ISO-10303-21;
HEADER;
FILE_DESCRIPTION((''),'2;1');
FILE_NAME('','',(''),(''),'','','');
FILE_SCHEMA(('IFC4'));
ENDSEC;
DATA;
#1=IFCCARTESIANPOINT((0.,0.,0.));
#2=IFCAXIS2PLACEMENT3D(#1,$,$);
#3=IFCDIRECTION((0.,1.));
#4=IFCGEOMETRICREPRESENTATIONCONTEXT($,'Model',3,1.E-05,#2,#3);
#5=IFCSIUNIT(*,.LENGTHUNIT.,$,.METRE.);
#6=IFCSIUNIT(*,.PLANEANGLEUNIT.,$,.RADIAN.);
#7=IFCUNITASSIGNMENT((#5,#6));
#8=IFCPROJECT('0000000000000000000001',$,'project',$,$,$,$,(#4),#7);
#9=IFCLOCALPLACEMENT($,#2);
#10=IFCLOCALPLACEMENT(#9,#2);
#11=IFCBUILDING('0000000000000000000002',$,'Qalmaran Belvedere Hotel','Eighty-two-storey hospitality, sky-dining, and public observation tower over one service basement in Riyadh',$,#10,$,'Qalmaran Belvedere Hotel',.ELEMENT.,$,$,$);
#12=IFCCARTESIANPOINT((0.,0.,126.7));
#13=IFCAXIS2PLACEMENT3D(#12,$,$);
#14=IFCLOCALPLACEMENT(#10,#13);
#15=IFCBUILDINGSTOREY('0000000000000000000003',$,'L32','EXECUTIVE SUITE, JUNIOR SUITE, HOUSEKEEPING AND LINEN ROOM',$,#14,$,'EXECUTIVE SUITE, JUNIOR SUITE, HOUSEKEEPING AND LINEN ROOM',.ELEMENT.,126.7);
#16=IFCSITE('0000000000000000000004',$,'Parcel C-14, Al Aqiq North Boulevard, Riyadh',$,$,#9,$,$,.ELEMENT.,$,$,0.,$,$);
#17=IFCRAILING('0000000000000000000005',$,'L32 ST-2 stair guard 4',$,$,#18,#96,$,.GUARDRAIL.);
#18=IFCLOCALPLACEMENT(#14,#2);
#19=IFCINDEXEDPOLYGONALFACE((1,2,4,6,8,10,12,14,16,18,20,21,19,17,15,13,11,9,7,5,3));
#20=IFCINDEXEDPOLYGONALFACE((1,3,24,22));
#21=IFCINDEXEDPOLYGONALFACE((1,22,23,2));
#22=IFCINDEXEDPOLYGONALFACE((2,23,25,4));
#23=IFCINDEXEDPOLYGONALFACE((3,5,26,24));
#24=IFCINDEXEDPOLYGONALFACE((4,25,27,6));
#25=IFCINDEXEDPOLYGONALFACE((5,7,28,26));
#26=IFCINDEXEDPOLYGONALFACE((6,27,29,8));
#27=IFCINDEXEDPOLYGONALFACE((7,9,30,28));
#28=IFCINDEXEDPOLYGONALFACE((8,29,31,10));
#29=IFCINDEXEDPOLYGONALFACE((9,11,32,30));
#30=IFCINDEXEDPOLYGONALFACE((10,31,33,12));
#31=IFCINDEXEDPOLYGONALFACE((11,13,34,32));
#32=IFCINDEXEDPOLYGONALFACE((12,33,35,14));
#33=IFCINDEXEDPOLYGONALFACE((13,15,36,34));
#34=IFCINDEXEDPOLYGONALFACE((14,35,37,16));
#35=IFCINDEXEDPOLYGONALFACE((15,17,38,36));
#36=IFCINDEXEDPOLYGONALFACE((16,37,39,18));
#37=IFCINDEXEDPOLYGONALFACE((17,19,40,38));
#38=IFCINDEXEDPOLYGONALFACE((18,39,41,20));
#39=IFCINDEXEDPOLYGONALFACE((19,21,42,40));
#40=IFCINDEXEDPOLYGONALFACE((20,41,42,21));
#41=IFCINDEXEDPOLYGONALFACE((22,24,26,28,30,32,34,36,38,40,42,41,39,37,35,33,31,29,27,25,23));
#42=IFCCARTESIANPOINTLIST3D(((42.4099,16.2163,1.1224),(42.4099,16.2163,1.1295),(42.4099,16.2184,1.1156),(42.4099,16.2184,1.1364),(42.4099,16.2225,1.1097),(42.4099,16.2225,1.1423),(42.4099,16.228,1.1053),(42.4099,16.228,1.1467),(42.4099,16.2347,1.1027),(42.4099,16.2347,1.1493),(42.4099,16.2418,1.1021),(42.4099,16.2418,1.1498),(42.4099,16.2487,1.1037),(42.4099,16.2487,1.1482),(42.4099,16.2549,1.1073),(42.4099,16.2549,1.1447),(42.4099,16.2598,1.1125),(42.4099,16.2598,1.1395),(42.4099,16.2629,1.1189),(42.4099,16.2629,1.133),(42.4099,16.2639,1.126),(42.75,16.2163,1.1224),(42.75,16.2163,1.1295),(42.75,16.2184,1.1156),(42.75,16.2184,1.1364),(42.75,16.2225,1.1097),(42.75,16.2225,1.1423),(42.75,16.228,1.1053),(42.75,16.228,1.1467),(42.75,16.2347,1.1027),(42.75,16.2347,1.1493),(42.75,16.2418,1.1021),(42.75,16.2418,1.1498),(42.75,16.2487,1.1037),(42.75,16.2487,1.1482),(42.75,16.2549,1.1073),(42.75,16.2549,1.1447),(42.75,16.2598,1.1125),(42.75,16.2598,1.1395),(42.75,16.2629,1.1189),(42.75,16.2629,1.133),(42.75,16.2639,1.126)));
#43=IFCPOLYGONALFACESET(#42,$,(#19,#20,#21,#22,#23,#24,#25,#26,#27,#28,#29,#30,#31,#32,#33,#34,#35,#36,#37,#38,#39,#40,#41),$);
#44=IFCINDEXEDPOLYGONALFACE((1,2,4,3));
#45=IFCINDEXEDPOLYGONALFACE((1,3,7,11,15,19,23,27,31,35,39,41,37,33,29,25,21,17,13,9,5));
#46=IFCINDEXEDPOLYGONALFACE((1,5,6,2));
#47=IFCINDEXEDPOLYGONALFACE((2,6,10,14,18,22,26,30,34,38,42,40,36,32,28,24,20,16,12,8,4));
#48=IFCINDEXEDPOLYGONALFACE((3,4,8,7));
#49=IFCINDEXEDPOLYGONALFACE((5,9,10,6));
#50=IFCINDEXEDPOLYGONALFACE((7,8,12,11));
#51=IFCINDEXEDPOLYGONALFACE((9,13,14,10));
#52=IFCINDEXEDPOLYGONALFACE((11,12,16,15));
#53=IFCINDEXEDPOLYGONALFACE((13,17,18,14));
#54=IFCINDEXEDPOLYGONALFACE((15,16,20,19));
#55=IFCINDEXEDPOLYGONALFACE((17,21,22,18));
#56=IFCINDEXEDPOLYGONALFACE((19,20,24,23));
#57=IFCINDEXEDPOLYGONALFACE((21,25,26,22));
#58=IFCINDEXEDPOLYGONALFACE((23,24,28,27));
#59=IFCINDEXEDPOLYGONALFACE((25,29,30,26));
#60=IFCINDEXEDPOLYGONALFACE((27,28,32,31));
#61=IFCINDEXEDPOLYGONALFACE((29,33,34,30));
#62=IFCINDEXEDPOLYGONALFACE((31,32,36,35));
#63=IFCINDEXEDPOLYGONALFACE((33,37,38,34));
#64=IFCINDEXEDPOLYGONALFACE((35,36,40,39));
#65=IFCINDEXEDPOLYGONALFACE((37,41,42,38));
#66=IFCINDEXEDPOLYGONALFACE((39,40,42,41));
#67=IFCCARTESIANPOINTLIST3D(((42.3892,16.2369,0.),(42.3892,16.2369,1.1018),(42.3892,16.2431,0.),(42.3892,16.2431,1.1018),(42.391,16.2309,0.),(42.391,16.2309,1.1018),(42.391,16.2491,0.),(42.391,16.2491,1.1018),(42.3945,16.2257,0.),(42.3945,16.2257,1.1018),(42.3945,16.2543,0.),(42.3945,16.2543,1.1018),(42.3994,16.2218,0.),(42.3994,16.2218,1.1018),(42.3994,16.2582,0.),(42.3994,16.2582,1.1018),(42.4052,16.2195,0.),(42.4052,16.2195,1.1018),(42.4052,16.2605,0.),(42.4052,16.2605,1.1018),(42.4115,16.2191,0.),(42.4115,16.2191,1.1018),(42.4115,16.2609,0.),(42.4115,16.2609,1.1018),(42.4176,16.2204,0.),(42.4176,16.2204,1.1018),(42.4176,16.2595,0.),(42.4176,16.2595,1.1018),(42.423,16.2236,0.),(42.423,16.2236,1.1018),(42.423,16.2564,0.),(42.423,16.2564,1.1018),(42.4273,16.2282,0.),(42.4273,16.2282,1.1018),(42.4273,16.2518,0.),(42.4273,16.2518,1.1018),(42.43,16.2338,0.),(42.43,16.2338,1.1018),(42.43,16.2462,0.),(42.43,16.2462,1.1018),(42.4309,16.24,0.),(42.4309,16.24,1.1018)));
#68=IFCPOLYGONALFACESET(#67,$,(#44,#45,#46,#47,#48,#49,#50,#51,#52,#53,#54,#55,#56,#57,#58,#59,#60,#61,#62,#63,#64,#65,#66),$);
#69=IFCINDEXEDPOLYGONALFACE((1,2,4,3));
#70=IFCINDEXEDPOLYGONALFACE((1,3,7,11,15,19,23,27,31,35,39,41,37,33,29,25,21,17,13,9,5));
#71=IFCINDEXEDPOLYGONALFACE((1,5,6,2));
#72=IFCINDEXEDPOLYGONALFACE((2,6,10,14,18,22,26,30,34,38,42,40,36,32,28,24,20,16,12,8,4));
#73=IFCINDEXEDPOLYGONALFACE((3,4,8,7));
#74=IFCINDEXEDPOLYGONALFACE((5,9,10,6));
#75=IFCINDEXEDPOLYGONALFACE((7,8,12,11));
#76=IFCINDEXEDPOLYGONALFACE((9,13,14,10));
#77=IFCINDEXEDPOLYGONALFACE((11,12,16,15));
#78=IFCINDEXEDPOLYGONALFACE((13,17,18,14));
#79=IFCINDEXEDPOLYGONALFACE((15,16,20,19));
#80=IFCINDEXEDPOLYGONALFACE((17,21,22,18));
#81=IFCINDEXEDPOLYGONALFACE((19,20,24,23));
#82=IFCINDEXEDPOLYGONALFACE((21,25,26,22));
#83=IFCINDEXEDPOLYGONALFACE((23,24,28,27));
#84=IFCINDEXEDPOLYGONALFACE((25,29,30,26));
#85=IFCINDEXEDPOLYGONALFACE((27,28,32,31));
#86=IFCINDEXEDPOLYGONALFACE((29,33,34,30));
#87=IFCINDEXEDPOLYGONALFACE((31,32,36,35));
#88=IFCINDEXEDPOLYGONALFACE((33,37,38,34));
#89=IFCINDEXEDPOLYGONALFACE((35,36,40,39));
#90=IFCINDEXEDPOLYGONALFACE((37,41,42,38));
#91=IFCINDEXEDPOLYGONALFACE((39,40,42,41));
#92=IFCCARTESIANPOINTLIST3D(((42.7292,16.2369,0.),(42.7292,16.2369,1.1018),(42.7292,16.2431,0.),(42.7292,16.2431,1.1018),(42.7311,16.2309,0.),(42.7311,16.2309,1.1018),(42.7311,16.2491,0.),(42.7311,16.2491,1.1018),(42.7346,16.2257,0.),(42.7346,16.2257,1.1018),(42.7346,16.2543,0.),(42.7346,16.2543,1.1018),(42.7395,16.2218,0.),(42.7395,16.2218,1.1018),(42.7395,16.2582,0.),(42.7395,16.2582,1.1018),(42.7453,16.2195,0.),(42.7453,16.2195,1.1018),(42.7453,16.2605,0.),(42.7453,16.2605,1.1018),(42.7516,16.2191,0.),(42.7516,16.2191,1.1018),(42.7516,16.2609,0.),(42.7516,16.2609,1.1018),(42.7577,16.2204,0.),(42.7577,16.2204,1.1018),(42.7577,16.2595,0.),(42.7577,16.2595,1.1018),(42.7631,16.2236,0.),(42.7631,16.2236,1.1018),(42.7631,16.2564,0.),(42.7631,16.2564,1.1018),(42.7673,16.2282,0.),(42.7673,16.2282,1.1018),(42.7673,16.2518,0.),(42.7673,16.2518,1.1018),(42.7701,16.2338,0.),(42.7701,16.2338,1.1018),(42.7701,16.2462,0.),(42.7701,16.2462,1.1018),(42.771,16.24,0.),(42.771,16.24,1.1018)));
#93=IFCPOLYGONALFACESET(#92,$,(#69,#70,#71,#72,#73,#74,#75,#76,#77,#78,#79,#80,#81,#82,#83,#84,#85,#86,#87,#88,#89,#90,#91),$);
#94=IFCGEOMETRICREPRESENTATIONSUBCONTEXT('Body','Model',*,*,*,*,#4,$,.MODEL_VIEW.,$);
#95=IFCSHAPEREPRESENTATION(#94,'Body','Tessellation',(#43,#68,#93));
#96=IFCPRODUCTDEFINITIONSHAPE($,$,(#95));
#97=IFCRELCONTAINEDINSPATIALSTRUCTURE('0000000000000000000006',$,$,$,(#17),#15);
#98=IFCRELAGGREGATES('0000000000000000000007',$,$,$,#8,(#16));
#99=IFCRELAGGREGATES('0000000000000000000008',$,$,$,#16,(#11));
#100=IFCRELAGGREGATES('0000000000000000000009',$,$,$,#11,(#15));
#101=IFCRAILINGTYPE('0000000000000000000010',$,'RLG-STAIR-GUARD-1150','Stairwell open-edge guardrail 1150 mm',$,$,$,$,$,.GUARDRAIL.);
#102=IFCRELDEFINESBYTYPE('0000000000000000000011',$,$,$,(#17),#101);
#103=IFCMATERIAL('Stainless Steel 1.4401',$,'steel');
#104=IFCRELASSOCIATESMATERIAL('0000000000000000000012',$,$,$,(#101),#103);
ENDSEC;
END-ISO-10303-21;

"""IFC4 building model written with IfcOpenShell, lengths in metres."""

from ifc_helpers import new_model, si_unit, direction, frame, origin, origin_2d, place, context, subcontext, project, spatial, circle, extrude, material, type_object, element, save


model = new_model("IFC4")

# Units and contexts
model_context = context("Model", 3, precision=1e-05, world=origin(), true_north=direction((0.0, 1.0)))
body_context = subcontext(model_context, "Body", "Model", "MODEL_VIEW")
ifc_project = project(units=[si_unit("LENGTHUNIT", "METRE"), si_unit("PLANEANGLEUNIT", "RADIAN")], contexts=[model_context])

# Site, building, storey
site_placement = place(None, origin())
site = spatial("IfcSite", under=ifc_project, at=site_placement, Name="Parcel C-14, Al Aqiq North Boulevard, Riyadh", CompositionType="ELEMENT", RefElevation=0.0)
building_placement = place(site_placement, origin())
building = spatial("IfcBuilding", under=site, at=building_placement, Name="Qalmaran Belvedere Hotel", Description="Eighty-two-storey hospitality, sky-dining, and public observation tower over one service basement in Riyadh", LongName="Qalmaran Belvedere Hotel", CompositionType="ELEMENT")
storey_placement = place(building_placement, frame((0.0, 0.0, 126.7)))
storey = spatial("IfcBuildingStorey", under=building, at=storey_placement, Name="L32", Description="EXECUTIVE SUITE, JUNIOR SUITE, HOUSEKEEPING AND LINEN ROOM", LongName="EXECUTIVE SUITE, JUNIOR SUITE, HOUSEKEEPING AND LINEN ROOM", CompositionType="ELEMENT", Elevation=126.7)

# Shared definitions
ifc_material_1 = material(Name="Stainless Steel 1.4401", Category="steel")

# Railing
railing_type_1 = type_object("IfcRailingType", Name="RLG-STAIR-GUARD-1150", Description="Stairwell open-edge guardrail 1150 mm", PredefinedType="GUARDRAIL", material=ifc_material_1)
railing_1_placement = place(storey_placement, frame((42.4099, 16.24, 0.0)))
element("IfcRailing", 1, at=railing_1_placement, inside=storey, type_object=railing_type_1, Name="L32 ST-2 stair guard 4", PredefinedType="GUARDRAIL", context=body_context, shape_type="SweptSolid", body=[
    extrude(circle(Radius=0.0239, at=origin_2d()), frame((0.0, 0.0, 1.126), z_axis=(1.0, 0.0, 0.0), x_axis=(0.0, 1.0, 0.0)), (0.0, 0.0, 1.0), 0.3401),
    extrude(circle(Radius=0.021, at=origin_2d()), origin(), (0.0, 0.0, 1.0), 1.1018),
    extrude(circle(Radius=0.021, at=origin_2d()), frame((0.3401, 0.0, 0.0)), (0.0, 0.0, 1.0), 1.1018),
])

save(model, "model.ifc")
